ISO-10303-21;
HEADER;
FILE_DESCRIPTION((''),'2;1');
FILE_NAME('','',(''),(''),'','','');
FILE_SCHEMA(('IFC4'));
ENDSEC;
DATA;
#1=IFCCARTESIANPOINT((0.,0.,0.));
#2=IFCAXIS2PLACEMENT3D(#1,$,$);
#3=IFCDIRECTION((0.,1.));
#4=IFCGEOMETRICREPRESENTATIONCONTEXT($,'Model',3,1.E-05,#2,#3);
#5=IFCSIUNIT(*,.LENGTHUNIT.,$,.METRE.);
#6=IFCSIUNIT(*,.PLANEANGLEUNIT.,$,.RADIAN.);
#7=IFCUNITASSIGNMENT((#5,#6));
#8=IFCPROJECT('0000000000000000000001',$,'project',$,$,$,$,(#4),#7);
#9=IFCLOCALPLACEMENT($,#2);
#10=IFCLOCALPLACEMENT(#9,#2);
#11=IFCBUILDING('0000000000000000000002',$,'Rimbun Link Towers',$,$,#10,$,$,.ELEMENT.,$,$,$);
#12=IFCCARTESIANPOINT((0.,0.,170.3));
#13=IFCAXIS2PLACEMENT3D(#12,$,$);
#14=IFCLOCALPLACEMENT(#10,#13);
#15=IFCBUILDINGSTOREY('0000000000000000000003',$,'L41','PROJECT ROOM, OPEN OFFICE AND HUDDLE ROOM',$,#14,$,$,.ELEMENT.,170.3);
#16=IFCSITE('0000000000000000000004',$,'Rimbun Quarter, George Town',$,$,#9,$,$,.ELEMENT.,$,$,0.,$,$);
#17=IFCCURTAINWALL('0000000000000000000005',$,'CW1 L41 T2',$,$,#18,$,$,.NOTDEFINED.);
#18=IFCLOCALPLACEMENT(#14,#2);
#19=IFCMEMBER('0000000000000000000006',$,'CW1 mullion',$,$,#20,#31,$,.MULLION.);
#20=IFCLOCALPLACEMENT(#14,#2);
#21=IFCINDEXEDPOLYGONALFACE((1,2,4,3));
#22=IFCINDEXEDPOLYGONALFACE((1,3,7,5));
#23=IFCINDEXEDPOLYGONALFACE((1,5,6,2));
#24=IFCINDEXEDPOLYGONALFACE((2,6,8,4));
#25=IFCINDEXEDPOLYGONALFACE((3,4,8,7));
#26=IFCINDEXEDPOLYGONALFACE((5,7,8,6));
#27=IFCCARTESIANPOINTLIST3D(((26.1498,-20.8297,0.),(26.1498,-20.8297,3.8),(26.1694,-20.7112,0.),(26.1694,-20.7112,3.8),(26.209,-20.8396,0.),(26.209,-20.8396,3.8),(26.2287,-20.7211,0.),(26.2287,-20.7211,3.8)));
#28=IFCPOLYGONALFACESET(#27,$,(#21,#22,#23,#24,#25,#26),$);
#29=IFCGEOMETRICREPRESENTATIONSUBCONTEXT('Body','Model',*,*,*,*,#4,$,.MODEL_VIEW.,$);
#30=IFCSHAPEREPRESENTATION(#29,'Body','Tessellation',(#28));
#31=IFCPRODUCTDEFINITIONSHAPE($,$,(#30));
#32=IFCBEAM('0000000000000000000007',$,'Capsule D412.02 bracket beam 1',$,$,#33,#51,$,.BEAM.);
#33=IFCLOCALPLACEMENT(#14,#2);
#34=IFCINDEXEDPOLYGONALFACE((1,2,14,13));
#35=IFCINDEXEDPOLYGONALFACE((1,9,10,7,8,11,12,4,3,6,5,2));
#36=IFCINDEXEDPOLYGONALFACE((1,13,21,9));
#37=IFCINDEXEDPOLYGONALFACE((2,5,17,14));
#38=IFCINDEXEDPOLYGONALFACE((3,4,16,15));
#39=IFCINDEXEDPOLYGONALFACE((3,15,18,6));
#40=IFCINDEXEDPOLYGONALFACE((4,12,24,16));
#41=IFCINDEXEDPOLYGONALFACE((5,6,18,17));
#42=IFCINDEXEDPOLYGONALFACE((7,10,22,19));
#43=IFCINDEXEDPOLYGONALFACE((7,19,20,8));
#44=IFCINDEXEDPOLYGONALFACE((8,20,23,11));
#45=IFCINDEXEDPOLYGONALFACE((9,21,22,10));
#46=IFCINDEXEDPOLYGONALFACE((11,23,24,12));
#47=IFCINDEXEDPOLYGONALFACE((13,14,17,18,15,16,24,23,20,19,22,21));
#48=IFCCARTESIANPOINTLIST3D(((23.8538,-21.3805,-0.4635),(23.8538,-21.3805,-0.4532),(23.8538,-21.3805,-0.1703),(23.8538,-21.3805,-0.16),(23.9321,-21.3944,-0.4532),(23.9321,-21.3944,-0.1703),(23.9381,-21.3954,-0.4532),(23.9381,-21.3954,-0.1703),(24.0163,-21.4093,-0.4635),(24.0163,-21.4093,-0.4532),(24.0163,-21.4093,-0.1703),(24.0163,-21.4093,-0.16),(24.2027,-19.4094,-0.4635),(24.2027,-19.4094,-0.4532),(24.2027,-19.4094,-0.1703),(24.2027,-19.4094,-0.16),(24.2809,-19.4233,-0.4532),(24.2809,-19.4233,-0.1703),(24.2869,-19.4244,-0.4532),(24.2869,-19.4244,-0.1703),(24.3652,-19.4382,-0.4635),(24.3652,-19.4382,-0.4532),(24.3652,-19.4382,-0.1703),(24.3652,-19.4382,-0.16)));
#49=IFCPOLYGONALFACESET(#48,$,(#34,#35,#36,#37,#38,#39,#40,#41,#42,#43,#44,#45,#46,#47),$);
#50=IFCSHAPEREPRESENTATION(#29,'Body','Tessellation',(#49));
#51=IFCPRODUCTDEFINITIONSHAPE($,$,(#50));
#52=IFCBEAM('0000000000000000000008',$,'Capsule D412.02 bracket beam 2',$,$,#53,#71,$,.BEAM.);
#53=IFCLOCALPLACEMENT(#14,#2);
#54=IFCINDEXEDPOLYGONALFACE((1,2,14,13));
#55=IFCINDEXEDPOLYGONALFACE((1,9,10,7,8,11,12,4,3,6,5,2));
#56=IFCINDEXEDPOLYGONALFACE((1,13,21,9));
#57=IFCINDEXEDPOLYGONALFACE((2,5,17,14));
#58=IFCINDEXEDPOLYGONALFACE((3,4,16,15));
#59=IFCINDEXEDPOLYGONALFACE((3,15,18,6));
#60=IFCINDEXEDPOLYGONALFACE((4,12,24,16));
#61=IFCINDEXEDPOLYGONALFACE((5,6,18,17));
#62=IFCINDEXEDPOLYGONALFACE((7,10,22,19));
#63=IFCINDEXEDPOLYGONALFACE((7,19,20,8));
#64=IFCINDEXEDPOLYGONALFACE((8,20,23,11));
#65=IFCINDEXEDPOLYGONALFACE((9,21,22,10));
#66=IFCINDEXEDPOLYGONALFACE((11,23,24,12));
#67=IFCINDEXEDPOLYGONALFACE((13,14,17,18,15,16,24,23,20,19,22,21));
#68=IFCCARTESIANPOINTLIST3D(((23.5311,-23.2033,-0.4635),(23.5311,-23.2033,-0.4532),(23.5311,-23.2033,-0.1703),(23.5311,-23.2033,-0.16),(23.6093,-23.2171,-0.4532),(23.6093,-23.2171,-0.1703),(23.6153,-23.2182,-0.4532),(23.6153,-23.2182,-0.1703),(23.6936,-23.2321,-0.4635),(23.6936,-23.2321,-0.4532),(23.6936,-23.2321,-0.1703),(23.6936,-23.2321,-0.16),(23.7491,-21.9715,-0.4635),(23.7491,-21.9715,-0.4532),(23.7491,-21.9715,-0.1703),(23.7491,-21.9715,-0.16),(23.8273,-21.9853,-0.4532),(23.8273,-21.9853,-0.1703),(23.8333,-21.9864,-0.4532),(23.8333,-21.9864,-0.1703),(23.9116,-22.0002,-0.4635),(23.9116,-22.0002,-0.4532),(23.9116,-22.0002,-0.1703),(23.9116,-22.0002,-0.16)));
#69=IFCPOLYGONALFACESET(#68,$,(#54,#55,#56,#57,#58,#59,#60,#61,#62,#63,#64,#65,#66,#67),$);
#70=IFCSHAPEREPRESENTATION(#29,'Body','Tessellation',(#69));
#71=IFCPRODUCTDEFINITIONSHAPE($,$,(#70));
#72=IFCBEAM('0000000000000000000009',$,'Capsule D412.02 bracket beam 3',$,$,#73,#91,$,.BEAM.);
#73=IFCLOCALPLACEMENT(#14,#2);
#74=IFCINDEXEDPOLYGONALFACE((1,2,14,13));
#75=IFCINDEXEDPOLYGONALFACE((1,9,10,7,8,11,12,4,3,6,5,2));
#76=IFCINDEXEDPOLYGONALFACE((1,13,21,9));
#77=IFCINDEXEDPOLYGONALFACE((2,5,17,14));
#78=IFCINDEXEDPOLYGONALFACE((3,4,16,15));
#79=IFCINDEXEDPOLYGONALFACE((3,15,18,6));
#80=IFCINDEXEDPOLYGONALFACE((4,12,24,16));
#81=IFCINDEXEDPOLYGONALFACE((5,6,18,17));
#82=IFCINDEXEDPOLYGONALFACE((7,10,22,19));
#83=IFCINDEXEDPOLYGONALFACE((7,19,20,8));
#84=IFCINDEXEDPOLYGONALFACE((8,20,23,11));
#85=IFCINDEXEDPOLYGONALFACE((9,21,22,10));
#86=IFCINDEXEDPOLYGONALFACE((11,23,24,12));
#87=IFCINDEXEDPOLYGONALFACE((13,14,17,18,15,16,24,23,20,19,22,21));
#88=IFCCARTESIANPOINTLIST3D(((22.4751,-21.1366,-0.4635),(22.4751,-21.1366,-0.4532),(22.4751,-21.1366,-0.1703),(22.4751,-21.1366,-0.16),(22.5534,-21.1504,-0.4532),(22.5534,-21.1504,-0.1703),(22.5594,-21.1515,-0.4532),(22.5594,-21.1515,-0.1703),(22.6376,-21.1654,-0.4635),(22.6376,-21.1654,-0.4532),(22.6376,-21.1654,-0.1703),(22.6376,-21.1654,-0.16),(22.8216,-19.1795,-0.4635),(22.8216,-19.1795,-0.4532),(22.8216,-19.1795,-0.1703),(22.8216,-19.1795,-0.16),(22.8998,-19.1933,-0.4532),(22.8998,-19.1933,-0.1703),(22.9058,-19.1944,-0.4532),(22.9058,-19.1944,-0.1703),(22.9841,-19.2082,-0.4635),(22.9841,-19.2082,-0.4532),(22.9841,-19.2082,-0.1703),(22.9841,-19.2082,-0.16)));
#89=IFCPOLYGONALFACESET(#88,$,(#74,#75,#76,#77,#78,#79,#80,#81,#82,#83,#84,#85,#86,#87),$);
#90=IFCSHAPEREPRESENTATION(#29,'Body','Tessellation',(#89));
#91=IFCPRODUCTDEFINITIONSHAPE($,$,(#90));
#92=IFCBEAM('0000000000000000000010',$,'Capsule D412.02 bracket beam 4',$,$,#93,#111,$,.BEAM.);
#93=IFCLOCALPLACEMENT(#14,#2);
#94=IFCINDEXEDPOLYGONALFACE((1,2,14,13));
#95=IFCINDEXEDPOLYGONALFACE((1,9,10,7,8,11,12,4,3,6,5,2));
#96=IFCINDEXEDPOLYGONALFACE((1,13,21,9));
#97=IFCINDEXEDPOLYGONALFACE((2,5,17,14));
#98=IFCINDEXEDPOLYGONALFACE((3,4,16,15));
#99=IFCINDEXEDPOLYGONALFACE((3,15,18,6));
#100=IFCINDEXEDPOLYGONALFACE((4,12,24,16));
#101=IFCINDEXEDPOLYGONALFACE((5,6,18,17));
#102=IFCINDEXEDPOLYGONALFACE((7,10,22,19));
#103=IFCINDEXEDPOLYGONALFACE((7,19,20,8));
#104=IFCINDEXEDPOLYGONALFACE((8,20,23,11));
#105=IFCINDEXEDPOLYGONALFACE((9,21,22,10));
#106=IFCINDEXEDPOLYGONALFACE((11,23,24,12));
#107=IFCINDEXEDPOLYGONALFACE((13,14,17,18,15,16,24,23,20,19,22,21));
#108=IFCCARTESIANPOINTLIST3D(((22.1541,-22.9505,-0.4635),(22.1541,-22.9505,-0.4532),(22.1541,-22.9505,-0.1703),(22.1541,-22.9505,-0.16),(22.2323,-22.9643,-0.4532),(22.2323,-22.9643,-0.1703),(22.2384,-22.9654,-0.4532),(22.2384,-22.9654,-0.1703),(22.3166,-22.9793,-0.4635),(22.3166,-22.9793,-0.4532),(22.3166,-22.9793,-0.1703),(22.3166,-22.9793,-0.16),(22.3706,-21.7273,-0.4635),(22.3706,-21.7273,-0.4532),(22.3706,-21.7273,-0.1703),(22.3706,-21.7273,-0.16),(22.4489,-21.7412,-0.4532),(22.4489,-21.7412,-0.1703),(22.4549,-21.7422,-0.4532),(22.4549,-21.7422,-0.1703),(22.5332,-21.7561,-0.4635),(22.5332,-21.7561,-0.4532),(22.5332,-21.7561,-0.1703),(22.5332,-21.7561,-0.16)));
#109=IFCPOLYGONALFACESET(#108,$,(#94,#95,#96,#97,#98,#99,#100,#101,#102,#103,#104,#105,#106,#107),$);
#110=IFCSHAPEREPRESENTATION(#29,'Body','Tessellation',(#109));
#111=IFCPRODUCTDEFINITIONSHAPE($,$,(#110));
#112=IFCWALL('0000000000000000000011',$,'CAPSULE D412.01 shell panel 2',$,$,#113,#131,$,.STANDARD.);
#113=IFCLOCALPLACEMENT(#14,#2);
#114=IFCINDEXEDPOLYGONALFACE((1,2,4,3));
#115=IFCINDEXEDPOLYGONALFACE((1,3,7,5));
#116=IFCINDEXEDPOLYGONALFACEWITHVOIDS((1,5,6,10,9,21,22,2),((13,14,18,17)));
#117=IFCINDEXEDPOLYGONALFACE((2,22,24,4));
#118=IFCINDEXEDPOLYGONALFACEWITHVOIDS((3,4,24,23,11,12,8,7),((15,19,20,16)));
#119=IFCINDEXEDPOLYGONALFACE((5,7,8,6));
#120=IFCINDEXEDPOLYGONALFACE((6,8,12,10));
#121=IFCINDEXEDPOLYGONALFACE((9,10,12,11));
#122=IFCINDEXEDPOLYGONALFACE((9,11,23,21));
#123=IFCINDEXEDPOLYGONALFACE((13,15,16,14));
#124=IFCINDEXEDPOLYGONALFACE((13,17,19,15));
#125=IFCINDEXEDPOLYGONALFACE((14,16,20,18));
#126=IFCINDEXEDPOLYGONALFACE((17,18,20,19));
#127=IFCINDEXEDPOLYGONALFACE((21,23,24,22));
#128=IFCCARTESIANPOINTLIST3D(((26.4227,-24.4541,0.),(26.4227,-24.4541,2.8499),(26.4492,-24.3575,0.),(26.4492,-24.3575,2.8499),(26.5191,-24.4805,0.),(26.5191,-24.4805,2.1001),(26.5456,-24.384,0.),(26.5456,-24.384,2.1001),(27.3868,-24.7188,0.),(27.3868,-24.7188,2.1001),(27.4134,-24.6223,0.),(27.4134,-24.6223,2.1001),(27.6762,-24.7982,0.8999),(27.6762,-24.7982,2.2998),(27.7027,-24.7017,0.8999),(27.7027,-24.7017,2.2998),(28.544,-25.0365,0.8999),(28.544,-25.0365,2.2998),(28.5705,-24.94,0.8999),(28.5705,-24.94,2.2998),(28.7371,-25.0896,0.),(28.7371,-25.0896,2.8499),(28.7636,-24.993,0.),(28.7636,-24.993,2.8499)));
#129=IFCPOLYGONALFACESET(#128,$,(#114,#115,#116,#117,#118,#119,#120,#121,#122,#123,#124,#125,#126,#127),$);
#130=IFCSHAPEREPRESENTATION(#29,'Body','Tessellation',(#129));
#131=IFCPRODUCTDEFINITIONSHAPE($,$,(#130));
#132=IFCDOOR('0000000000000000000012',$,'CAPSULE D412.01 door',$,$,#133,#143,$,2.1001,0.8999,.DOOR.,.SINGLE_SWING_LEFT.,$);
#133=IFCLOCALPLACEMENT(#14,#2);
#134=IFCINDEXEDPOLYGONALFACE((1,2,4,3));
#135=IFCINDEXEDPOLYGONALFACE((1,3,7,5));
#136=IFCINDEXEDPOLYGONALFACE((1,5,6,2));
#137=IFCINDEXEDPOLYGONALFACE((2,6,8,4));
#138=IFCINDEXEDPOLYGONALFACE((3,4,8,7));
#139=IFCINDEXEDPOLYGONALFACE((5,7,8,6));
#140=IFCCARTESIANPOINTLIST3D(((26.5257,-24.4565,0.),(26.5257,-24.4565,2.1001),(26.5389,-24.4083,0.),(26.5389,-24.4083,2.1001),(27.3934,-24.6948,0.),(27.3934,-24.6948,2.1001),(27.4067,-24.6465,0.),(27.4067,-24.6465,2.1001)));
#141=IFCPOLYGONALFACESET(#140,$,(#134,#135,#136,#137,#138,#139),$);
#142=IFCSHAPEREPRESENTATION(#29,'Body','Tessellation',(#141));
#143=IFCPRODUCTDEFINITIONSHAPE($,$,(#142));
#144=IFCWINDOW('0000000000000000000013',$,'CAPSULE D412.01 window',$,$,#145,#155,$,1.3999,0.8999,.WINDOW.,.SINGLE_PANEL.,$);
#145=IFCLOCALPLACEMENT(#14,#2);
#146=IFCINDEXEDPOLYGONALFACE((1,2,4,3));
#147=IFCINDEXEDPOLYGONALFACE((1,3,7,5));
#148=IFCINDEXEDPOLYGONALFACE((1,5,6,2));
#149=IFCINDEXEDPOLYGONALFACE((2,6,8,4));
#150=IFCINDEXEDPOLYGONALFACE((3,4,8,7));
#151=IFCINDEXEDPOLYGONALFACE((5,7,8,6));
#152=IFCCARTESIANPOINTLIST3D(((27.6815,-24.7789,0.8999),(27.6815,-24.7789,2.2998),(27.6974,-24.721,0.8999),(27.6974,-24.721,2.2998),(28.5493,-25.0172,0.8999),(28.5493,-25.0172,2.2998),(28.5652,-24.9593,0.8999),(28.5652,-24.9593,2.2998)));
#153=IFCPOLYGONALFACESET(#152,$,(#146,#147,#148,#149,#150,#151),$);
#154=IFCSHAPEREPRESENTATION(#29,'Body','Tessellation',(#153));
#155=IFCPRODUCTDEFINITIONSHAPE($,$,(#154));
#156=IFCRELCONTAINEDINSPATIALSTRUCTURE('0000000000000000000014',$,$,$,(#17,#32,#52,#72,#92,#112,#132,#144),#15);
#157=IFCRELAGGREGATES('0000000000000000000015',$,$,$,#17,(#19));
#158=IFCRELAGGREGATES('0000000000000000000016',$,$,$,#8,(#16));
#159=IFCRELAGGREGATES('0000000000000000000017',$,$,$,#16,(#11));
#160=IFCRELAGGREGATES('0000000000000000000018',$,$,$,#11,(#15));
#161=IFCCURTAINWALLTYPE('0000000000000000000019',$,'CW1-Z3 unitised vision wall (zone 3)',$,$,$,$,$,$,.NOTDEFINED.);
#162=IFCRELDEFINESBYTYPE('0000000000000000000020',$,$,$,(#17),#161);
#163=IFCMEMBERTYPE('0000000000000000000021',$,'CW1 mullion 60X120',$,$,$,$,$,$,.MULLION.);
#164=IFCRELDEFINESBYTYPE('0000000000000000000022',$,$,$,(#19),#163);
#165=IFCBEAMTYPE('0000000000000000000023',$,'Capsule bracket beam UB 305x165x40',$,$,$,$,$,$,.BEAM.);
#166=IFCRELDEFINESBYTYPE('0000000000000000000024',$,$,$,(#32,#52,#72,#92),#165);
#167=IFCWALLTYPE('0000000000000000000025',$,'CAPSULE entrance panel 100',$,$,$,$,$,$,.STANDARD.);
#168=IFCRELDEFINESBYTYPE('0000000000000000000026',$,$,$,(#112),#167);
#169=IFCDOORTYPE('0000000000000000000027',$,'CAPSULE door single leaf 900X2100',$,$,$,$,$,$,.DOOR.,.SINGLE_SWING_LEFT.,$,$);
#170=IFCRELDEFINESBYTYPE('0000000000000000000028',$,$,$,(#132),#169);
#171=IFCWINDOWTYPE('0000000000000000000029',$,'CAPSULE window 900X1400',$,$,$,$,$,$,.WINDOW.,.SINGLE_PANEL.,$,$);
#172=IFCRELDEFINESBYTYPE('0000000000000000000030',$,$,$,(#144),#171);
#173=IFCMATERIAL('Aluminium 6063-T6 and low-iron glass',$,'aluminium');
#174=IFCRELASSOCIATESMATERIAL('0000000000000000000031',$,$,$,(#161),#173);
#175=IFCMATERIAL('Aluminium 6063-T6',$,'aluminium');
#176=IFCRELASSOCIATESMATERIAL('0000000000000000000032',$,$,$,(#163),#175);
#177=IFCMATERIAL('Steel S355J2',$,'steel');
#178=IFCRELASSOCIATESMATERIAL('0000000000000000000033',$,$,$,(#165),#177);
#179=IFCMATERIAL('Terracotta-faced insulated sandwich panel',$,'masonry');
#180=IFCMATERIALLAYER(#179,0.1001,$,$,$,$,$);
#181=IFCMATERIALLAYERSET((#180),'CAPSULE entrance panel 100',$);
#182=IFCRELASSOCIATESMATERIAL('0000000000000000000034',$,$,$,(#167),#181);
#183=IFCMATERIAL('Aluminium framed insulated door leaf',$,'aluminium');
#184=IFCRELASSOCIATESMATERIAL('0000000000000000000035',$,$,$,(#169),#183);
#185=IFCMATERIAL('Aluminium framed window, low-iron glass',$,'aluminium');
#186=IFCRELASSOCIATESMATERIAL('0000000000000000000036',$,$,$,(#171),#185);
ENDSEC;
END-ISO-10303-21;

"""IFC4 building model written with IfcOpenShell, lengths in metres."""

from ifc_helpers import new_model, si_unit, direction, frame, frame_2d, origin, origin_2d, place, context, subcontext, project, spatial, rectangle, i_section, extrude, material, layer, layer_set, material_profile, profile_set, type_object, element, fill, aggregate, save


model = new_model("IFC4")

# Units and contexts
model_context = context("Model", 3, precision=1e-05, world=origin(), true_north=direction((0.0, 1.0)))
body_context = subcontext(model_context, "Body", "Model", "MODEL_VIEW")
ifc_project = project(units=[si_unit("LENGTHUNIT", "METRE"), si_unit("PLANEANGLEUNIT", "RADIAN")], contexts=[model_context])

# Site, building, storey
site_placement = place(None, origin())
site = spatial("IfcSite", under=ifc_project, at=site_placement, Name="Rimbun Quarter, George Town", CompositionType="ELEMENT", RefElevation=0.0)
building_placement = place(site_placement, origin())
building = spatial("IfcBuilding", under=site, at=building_placement, Name="Rimbun Link Towers", CompositionType="ELEMENT")
storey_placement = place(building_placement, frame((0.0, 0.0, 170.3)))
storey = spatial("IfcBuildingStorey", under=building, at=storey_placement, Name="L41", Description="PROJECT ROOM, OPEN OFFICE AND HUDDLE ROOM", CompositionType="ELEMENT", Elevation=170.3)

# Curtain wall, member
ifc_material_1 = material(Name="Aluminium 6063-T6 and low-iron glass", Category="aluminium")
curtain_wall_type = type_object("IfcCurtainWallType", Name="CW1-Z3 unitised vision wall (zone 3)", PredefinedType="NOTDEFINED", material=ifc_material_1)
curtain_wall_placement = place(storey_placement, origin())
curtain_wall = element("IfcCurtainWall", 1, at=curtain_wall_placement, inside=storey, type_object=curtain_wall_type, Name="CW1 L41 T2", PredefinedType="NOTDEFINED")
ifc_material_2 = material(Name="Aluminium 6063-T6", Category="aluminium")
ifc_material_profile_1 = material_profile(ifc_material_2, rectangle(XDim=0.1201, YDim=0.0601, at=origin_2d()), Name="MULLION 60X120")
ifc_profile_set_1 = profile_set([ifc_material_profile_1], Name="Aluminium 6063-T6")
member_type = type_object("IfcMemberType", Name="CW1 mullion 60X120", PredefinedType="MULLION", material=ifc_profile_set_1)
member_placement = place(storey_placement, frame((26.1892, -20.7754, 0.0), z_axis=(0.0, 0.0, 1.0), x_axis=(-0.163743, -0.986503, 0.0)))
member = element("IfcMember", 2, at=member_placement, type_object=member_type, Name="CW1 mullion", PredefinedType="MULLION", context=body_context, shape_type="SweptSolid", body=[
    extrude(rectangle(XDim=0.1201, YDim=0.0601, at=origin_2d()), origin(), (0.0, 0.0, 1.0), 3.8),
])
aggregate(curtain_wall, [member])

# Beams
ifc_material_3 = material(Name="Steel S355J2", Category="steel")
ifc_material_profile_2 = material_profile(ifc_material_3, i_section(OverallWidth=0.165, OverallDepth=0.3035, WebThickness=0.0061, FlangeThickness=0.0103, at=origin_2d()), Name="UB 305x165x40")
ifc_profile_set_2 = profile_set([ifc_material_profile_2], Name="Steel S355J2")
beam_type = type_object("IfcBeamType", Name="Capsule bracket beam UB 305x165x40", PredefinedType="BEAM", material=ifc_profile_set_2)
beam_1_placement = place(storey_placement, frame((24.2839, -19.4238, -0.3118), z_axis=(-0.174279, -0.984696, 0.0), x_axis=(0.984696, -0.174279, 0.0)))
element("IfcBeam", 3, at=beam_1_placement, inside=storey, type_object=beam_type, Name="Capsule D412.02 bracket beam 1", PredefinedType="BEAM", context=body_context, shape_type="SweptSolid", body=[
    extrude(i_section(OverallWidth=0.165, OverallDepth=0.3035, WebThickness=0.0061, FlangeThickness=0.0103, at=origin_2d()), origin(), (0.0, 0.0, 1.0), 2.0017),
])
beam_2_placement = place(storey_placement, frame((23.8303, -21.9858, -0.3118), z_axis=(-0.174264, -0.984699, 0.0), x_axis=(0.984699, -0.174264, 0.0)))
element("IfcBeam", 4, at=beam_2_placement, inside=storey, type_object=beam_type, Name="Capsule D412.02 bracket beam 2", PredefinedType="BEAM", context=body_context, shape_type="SweptSolid", body=[
    extrude(i_section(OverallWidth=0.165, OverallDepth=0.3035, WebThickness=0.0061, FlangeThickness=0.0103, at=origin_2d()), origin(), (0.0, 0.0, 1.0), 1.251),
])
beam_3_placement = place(storey_placement, frame((22.9028, -19.1938, -0.3118), z_axis=(-0.174311, -0.984691, 0.0), x_axis=(0.984691, -0.174311, 0.0)))
element("IfcBeam", 5, at=beam_3_placement, inside=storey, type_object=beam_type, Name="Capsule D412.02 bracket beam 3", PredefinedType="BEAM", context=body_context, shape_type="SweptSolid", body=[
    extrude(i_section(OverallWidth=0.165, OverallDepth=0.3035, WebThickness=0.0061, FlangeThickness=0.0103, at=origin_2d()), origin(), (0.0, 0.0, 1.0), 1.9875),
])
beam_4_placement = place(storey_placement, frame((22.4519, -21.7417, -0.3118), z_axis=(-0.174335, -0.984686, 0.0), x_axis=(0.984686, -0.174335, 0.0)))
element("IfcBeam", 6, at=beam_4_placement, inside=storey, type_object=beam_type, Name="Capsule D412.02 bracket beam 4", PredefinedType="BEAM", context=body_context, shape_type="SweptSolid", body=[
    extrude(i_section(OverallWidth=0.165, OverallDepth=0.3035, WebThickness=0.0061, FlangeThickness=0.0103, at=origin_2d()), origin(), (0.0, 0.0, 1.0), 1.2422),
])

# Wall, openings, door, window
ifc_material_4 = material(Name="Terracotta-faced insulated sandwich panel", Category="masonry")
ifc_layer_1 = layer(ifc_material_4, 0.1001)
ifc_layer_set_1 = layer_set([ifc_layer_1], Name="CAPSULE entrance panel 100")
wall_type_1 = type_object("IfcWallType", Name="CAPSULE entrance panel 100", PredefinedType="STANDARD", material=ifc_layer_set_1)
wall_1_placement = place(storey_placement, frame((26.4358, -24.4058, 0.0), z_axis=(0.0, 0.0, 1.0), x_axis=(0.964309, -0.264778, 0.0)))
wall_1 = element("IfcWall", 7, at=wall_1_placement, inside=storey, type_object=wall_type_1, Name="CAPSULE D412.01 shell panel 2", PredefinedType="STANDARD", context=body_context, shape_type="SweptSolid", body=[
    extrude(rectangle(XDim=2.4001, YDim=0.1001, at=frame_2d((1.2002, 0.0))), origin(), (0.0, 0.0, 1.0), 2.8499),
])
opening_1_placement = place(wall_1_placement, frame((0.1001, 0.0, 0.0)))
opening_1 = element("IfcOpeningElement", 8, at=opening_1_placement, cuts=wall_1, PredefinedType="OPENING", context=body_context, shape_type="SweptSolid", body=[
    extrude(rectangle(XDim=0.8999, YDim=2.1001, at=frame_2d((0.45, 1.05))), frame((0.0, 0.0601, 0.0), z_axis=(0.0, -1.0, 0.0), x_axis=(1.0, 0.0, 0.0)), (0.0, 0.0, 1.0), 0.1201),
])
opening_2_placement = place(wall_1_placement, frame((1.3, 0.0, 0.8999)))
opening_2 = element("IfcOpeningElement", 9, at=opening_2_placement, cuts=wall_1, PredefinedType="OPENING", context=body_context, shape_type="SweptSolid", body=[
    extrude(rectangle(XDim=0.8999, YDim=1.3999, at=frame_2d((0.45, 0.7))), frame((0.0, 0.0601, 0.0), z_axis=(0.0, -1.0, 0.0), x_axis=(1.0, 0.0, 0.0)), (0.0, 0.0, 1.0), 0.1201),
])
ifc_material_5 = material(Name="Aluminium framed insulated door leaf", Category="aluminium")
door_type_1 = type_object("IfcDoorType", Name="CAPSULE door single leaf 900X2100", OperationType="SINGLE_SWING_LEFT", PredefinedType="DOOR", material=ifc_material_5)
door_1_placement = place(opening_1_placement, origin())
door_1 = element("IfcDoor", 10, at=door_1_placement, inside=storey, type_object=door_type_1, Name="CAPSULE D412.01 door", OperationType="SINGLE_SWING_LEFT", OverallHeight=2.1001, OverallWidth=0.8999, PredefinedType="DOOR", context=body_context, shape_type="SweptSolid", body=[
    extrude(rectangle(XDim=0.8999, YDim=2.1001, at=frame_2d((0.45, 1.05))), frame((0.0, 0.0249, 0.0), z_axis=(0.0, -1.0, 0.0), x_axis=(1.0, 0.0, 0.0)), (0.0, 0.0, 1.0), 0.05),
])
fill(opening_1, door_1)
ifc_material_6 = material(Name="Aluminium framed window, low-iron glass", Category="aluminium")
window_type = type_object("IfcWindowType", Name="CAPSULE window 900X1400", PartitioningType="SINGLE_PANEL", PredefinedType="WINDOW", material=ifc_material_6)
window_placement = place(opening_2_placement, origin())
window = element("IfcWindow", 11, at=window_placement, inside=storey, type_object=window_type, Name="CAPSULE D412.01 window", OverallHeight=1.3999, OverallWidth=0.8999, PartitioningType="SINGLE_PANEL", PredefinedType="WINDOW", context=body_context, shape_type="SweptSolid", body=[
    extrude(rectangle(XDim=0.8999, YDim=1.3999, at=frame_2d((0.45, 0.7))), frame((0.0, 0.03, 0.0), z_axis=(0.0, -1.0, 0.0), x_axis=(1.0, 0.0, 0.0)), (0.0, 0.0, 1.0), 0.0601),
])
fill(opening_2, window)

save(model, "model.ifc")
